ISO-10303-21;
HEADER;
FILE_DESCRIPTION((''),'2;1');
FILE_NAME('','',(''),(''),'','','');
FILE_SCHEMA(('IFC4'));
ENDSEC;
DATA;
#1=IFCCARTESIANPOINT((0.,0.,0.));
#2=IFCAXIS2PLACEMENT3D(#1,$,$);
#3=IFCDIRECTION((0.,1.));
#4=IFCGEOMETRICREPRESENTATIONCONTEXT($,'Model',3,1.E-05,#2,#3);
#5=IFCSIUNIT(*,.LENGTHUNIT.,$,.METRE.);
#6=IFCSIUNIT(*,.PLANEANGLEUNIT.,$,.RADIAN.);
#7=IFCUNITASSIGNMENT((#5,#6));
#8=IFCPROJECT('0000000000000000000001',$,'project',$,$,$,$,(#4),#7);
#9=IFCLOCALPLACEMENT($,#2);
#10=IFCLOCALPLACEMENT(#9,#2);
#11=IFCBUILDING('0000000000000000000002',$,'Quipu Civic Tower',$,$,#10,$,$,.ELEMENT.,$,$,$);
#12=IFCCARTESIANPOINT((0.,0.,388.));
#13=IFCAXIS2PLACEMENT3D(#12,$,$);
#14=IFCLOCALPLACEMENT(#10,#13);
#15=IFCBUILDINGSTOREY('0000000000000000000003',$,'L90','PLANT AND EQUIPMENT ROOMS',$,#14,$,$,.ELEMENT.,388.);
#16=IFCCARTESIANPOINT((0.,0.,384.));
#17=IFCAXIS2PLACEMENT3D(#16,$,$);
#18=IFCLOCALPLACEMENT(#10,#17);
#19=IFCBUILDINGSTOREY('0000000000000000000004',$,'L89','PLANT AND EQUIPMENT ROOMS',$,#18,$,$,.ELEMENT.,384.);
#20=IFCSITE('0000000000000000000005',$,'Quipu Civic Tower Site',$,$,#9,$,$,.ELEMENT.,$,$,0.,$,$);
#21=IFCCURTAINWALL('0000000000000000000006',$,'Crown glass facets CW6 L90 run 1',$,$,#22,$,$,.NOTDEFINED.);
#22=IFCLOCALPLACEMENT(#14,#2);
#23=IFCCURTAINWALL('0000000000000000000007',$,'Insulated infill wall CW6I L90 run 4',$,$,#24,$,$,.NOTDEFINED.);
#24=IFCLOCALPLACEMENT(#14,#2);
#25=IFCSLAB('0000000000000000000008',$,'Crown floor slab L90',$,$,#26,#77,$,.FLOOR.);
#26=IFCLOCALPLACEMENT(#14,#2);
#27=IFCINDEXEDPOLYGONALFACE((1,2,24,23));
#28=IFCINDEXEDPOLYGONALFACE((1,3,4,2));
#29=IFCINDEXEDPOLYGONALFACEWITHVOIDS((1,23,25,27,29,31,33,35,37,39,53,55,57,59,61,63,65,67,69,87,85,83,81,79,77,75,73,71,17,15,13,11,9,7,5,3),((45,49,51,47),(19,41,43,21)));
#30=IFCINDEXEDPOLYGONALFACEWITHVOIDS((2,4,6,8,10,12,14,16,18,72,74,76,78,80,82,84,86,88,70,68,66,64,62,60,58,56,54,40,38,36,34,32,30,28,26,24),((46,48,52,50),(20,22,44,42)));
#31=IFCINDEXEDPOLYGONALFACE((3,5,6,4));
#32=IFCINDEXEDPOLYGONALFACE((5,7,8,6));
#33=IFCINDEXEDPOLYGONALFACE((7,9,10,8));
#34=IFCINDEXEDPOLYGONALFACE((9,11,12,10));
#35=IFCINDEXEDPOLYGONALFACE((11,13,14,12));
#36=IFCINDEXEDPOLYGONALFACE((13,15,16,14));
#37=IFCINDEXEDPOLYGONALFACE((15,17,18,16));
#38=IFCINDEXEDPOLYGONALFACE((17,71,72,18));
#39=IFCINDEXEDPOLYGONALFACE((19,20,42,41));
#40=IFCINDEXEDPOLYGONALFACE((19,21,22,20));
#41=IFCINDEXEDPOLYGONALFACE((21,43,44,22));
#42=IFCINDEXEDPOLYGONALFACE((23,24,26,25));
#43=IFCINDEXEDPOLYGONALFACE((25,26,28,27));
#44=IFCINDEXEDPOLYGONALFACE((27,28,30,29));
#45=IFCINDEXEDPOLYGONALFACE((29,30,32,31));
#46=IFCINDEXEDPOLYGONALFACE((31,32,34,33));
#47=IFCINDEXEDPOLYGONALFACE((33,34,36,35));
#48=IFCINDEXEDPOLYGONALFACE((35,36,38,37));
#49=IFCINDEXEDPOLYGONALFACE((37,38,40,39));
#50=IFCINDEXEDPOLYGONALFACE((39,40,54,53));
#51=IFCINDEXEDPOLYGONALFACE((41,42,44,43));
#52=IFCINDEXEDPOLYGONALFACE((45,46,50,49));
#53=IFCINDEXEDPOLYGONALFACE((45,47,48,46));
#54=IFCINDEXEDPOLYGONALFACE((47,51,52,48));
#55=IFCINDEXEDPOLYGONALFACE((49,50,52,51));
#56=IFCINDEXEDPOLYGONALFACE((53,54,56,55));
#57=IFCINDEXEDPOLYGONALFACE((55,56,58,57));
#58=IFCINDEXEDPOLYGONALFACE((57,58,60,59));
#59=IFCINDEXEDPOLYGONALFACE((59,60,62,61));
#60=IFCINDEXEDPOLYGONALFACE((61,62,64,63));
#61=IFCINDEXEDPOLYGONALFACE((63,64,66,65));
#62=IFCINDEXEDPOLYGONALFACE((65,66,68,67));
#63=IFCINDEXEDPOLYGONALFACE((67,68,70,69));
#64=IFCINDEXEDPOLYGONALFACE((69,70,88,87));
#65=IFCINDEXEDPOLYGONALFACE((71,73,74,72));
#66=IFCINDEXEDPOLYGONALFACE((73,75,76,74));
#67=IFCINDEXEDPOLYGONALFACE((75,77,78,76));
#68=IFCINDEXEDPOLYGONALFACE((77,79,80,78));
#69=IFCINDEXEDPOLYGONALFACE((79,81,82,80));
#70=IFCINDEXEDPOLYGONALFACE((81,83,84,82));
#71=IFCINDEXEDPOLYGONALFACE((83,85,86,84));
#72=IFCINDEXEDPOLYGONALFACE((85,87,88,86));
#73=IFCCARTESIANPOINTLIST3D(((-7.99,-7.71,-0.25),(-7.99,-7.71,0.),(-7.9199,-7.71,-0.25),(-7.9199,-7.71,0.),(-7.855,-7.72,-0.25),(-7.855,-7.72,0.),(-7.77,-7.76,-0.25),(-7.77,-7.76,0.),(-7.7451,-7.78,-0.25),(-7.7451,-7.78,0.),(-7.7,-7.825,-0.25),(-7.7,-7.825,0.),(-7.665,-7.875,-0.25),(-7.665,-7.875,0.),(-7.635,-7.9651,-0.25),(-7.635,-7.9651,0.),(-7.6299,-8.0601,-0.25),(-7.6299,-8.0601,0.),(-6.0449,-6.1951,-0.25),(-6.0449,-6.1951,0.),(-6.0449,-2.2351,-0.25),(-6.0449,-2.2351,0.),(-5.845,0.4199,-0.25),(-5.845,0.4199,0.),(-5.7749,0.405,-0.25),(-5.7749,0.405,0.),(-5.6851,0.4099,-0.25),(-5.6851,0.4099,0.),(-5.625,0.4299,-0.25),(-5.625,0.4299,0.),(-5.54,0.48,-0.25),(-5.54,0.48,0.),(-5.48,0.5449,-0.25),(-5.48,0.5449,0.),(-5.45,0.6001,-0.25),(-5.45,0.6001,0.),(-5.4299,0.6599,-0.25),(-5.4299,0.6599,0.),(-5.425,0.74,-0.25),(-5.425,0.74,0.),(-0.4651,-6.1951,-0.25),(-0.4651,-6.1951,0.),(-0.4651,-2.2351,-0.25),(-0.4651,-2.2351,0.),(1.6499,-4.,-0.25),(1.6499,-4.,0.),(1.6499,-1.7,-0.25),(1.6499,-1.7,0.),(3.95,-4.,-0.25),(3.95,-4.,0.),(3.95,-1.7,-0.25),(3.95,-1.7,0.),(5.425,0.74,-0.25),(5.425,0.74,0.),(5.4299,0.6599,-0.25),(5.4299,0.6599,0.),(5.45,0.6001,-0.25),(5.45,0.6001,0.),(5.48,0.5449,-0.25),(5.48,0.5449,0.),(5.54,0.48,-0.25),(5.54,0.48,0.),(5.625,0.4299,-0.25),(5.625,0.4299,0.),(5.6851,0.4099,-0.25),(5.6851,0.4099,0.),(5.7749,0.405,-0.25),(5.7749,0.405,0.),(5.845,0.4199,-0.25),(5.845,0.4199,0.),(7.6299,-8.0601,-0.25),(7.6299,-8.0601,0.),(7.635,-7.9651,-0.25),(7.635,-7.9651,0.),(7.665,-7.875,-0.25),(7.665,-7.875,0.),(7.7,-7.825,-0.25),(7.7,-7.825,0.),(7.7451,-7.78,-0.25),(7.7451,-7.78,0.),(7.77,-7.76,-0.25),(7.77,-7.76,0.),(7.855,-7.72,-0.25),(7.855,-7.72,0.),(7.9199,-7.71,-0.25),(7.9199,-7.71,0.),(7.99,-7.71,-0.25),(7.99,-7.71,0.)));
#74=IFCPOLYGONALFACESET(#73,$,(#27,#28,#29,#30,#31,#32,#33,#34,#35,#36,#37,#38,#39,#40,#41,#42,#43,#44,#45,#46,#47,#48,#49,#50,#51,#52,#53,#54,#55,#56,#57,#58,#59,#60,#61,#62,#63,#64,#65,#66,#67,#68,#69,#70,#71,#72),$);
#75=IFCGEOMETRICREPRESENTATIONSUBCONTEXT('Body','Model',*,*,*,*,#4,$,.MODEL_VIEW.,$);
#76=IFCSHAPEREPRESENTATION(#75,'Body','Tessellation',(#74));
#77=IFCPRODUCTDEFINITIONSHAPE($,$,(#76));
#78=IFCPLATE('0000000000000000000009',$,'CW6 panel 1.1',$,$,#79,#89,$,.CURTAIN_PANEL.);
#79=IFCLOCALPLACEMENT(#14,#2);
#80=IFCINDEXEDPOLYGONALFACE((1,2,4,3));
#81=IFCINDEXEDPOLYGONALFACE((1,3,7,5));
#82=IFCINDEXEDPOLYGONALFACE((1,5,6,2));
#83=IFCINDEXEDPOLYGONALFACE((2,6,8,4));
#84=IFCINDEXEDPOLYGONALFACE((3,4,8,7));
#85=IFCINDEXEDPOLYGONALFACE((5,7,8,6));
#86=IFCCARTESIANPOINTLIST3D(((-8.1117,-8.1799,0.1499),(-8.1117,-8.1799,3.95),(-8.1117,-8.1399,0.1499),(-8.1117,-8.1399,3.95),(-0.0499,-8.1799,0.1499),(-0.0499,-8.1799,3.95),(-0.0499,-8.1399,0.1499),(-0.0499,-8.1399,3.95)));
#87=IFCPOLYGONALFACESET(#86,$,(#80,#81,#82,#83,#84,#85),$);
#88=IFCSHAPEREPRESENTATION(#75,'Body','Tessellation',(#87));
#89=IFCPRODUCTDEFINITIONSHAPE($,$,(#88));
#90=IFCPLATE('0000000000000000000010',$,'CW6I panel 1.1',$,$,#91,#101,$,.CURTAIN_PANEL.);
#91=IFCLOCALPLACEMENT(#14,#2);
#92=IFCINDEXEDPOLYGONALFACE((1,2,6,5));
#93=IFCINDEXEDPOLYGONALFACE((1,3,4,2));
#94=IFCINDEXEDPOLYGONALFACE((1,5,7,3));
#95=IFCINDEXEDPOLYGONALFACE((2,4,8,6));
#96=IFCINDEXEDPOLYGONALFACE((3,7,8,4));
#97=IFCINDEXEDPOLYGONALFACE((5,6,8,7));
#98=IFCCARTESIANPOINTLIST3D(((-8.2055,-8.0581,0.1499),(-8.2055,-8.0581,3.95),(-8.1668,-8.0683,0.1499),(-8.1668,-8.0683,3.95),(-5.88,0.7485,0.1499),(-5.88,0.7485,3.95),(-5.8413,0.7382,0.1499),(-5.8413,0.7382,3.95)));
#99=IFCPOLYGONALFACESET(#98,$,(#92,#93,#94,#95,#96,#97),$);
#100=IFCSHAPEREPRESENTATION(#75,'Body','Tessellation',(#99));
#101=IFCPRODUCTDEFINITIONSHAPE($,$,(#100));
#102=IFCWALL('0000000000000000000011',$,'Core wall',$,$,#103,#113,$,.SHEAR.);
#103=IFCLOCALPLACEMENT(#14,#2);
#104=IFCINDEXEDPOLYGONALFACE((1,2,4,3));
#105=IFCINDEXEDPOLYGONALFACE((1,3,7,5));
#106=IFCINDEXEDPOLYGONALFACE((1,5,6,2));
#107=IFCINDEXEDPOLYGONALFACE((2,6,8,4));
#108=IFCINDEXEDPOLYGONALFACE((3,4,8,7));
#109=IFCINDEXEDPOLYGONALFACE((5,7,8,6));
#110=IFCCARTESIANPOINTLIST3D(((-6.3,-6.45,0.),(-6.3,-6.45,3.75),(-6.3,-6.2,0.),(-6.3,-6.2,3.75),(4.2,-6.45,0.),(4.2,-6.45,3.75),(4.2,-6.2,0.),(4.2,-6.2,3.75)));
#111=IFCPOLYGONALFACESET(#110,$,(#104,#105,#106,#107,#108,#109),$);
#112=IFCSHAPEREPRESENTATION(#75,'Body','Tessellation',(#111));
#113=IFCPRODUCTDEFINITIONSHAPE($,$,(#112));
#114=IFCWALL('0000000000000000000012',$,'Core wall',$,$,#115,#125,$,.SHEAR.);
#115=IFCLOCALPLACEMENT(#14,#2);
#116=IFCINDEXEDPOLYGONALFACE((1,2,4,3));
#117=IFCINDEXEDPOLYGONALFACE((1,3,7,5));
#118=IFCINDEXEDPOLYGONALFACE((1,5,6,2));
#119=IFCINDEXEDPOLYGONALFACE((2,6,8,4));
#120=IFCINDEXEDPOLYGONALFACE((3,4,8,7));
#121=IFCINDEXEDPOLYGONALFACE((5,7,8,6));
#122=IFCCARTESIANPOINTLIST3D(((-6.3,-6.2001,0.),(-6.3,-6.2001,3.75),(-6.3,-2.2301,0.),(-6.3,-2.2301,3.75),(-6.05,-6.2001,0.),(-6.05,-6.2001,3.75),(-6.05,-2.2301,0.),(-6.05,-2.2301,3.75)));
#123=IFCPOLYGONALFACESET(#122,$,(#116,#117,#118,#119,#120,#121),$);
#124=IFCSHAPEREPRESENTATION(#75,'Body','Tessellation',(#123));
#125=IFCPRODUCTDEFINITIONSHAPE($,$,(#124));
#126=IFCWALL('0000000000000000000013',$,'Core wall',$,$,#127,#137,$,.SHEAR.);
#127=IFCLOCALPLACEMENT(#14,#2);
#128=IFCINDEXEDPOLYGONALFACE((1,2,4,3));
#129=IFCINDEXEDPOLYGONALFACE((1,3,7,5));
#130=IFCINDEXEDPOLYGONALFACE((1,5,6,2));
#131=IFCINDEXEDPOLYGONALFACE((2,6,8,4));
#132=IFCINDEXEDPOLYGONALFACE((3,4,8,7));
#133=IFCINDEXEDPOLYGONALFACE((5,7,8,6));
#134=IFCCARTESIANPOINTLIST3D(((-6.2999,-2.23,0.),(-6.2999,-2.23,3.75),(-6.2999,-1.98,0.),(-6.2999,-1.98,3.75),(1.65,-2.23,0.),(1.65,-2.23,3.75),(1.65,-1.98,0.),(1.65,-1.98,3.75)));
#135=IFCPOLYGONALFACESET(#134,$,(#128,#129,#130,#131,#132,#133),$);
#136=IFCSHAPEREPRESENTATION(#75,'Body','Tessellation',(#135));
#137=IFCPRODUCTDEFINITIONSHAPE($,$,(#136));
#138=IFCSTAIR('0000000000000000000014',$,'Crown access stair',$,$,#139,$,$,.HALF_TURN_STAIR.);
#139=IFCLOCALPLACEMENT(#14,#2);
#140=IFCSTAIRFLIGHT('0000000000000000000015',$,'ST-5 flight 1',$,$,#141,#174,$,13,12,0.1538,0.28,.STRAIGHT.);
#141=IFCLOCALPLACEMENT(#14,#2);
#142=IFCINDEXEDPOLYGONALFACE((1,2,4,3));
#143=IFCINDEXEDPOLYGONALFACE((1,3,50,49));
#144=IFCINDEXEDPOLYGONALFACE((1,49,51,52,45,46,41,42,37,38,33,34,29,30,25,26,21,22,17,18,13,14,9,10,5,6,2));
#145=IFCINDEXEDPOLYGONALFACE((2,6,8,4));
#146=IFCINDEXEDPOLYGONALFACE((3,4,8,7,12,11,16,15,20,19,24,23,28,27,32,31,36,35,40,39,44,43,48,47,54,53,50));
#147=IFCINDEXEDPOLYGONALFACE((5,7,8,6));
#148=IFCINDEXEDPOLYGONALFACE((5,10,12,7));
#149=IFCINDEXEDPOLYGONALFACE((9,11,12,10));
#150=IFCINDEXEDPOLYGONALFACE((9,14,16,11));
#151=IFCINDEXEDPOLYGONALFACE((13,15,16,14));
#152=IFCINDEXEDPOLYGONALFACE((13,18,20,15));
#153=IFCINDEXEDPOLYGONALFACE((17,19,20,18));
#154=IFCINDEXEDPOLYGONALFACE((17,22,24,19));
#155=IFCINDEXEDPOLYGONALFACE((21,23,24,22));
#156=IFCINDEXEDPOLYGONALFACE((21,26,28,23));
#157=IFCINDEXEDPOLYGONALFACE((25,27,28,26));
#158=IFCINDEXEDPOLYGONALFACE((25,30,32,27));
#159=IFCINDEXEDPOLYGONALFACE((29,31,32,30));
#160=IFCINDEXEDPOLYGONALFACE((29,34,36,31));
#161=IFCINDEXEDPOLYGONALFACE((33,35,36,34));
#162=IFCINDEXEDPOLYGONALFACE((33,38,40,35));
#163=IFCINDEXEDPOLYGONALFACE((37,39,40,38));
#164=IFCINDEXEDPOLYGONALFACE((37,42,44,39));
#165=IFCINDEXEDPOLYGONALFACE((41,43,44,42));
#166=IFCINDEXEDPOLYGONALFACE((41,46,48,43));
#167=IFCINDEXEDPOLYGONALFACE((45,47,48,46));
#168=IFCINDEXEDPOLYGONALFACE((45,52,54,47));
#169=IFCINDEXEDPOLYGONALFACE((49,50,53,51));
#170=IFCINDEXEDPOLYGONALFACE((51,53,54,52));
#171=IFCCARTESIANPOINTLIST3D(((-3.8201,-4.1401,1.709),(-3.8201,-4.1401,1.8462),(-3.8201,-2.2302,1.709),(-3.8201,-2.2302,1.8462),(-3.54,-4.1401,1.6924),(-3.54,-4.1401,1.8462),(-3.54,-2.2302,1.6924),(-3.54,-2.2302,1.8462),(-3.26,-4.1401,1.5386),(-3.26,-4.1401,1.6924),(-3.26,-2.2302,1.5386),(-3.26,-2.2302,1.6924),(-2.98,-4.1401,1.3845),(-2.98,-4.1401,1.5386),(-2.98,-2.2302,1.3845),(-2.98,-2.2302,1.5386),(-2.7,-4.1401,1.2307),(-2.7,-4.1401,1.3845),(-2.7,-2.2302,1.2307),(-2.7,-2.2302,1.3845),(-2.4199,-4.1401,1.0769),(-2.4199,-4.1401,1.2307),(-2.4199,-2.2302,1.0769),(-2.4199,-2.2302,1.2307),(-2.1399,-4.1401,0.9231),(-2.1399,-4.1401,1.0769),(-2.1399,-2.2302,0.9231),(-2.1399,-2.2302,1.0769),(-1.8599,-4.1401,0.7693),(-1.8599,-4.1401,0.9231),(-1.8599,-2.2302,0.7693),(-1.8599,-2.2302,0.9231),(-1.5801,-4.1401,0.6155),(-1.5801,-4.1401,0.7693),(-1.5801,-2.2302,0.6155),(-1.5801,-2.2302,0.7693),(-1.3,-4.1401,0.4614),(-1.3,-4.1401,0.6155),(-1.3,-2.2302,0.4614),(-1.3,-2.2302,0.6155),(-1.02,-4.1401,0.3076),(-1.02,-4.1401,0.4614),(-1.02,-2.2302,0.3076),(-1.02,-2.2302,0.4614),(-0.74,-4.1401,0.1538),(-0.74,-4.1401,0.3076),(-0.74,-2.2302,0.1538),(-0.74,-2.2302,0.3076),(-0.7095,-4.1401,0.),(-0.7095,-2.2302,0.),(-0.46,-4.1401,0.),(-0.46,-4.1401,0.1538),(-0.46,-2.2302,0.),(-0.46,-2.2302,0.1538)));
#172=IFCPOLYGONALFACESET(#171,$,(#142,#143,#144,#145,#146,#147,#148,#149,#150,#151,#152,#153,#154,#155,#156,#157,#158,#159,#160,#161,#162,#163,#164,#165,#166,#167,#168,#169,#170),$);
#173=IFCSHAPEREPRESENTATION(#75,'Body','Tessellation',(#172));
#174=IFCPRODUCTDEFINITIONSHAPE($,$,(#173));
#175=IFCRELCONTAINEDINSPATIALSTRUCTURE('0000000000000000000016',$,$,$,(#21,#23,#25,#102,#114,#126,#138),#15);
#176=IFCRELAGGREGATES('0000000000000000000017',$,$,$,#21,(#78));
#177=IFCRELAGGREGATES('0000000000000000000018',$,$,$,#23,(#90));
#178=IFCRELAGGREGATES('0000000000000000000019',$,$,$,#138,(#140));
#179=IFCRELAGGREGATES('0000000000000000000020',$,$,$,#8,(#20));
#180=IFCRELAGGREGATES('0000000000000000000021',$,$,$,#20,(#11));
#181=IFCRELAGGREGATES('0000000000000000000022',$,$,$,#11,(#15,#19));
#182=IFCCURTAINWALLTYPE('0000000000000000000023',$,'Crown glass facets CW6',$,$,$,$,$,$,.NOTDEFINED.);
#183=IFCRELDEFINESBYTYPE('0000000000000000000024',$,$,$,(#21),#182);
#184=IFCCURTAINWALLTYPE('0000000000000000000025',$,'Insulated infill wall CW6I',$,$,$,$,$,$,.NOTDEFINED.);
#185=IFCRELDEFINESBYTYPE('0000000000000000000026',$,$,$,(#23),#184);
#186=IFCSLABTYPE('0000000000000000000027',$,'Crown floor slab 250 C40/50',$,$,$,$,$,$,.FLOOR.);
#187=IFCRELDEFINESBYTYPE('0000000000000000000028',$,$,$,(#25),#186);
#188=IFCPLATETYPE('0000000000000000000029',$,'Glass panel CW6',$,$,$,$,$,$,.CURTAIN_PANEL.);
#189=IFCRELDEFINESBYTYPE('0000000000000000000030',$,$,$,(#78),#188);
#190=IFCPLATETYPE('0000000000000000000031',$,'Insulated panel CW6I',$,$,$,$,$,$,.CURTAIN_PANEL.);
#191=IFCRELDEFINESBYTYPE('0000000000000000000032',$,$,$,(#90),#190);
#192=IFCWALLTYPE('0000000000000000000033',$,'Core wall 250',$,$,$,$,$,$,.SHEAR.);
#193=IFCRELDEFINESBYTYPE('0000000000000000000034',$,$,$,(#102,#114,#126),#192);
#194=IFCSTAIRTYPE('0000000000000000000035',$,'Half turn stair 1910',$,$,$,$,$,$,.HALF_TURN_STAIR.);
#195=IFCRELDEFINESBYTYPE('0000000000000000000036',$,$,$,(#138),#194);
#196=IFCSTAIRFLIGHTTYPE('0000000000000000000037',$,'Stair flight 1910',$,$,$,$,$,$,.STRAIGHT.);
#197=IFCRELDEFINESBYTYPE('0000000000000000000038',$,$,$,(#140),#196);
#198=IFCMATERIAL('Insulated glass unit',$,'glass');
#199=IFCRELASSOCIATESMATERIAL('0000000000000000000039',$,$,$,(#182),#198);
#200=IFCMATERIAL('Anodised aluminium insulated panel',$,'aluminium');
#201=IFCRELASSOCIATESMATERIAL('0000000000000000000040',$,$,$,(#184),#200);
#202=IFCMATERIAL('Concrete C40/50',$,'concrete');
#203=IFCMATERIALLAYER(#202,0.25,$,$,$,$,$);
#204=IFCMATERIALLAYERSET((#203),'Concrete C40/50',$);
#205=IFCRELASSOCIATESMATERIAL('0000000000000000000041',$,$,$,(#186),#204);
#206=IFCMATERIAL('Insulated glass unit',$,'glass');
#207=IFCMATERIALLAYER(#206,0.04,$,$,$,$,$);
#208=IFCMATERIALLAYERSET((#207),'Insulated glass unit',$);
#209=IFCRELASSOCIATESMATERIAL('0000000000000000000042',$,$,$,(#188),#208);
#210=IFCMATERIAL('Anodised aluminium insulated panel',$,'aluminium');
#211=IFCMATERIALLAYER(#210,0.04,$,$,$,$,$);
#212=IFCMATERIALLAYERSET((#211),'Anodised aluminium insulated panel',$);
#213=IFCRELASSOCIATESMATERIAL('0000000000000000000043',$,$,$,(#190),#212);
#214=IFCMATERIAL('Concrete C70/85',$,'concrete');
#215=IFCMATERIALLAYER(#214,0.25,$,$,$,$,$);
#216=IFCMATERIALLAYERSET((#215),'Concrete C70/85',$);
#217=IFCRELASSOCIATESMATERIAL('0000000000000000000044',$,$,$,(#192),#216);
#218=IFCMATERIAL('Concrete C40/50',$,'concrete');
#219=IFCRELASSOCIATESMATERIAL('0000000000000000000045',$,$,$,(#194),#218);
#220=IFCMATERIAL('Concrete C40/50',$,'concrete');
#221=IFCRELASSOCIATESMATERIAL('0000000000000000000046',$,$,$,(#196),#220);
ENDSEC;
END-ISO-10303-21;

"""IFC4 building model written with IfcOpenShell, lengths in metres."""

from ifc_helpers import new_model, si_unit, direction, frame, frame_2d, origin, origin_2d, place, context, subcontext, project, spatial, polyline, rectangle, outline, extrude, material, layer, layer_set, type_object, element, aggregate, save


model = new_model("IFC4")

# Units and contexts
model_context = context("Model", 3, precision=1e-05, world=origin(), true_north=direction((0.0, 1.0)))
body_context = subcontext(model_context, "Body", "Model", "MODEL_VIEW")
ifc_project = project(units=[si_unit("LENGTHUNIT", "METRE"), si_unit("PLANEANGLEUNIT", "RADIAN")], contexts=[model_context])

# Site, building, storey
site_placement = place(None, origin())
site = spatial("IfcSite", under=ifc_project, at=site_placement, Name="Quipu Civic Tower Site", CompositionType="ELEMENT", RefElevation=0.0)
building_placement = place(site_placement, origin())
building = spatial("IfcBuilding", under=site, at=building_placement, Name="Quipu Civic Tower", CompositionType="ELEMENT")
storey_1_placement = place(building_placement, frame((0.0, 0.0, 388.0)))
storey_1 = spatial("IfcBuildingStorey", under=building, at=storey_1_placement, Name="L90", Description="PLANT AND EQUIPMENT ROOMS", CompositionType="ELEMENT", Elevation=388.0)

# Curtain wall
ifc_material_1 = material(Name="Insulated glass unit", Category="glass")
curtain_wall_type_1 = type_object("IfcCurtainWallType", Name="Crown glass facets CW6", PredefinedType="NOTDEFINED", material=ifc_material_1)
curtain_wall_1_placement = place(storey_1_placement, origin())
curtain_wall_1 = element("IfcCurtainWall", 1, at=curtain_wall_1_placement, inside=storey_1, type_object=curtain_wall_type_1, Name="Crown glass facets CW6 L90 run 1", PredefinedType="NOTDEFINED")

# Curtain wall
ifc_material_2 = material(Name="Anodised aluminium insulated panel", Category="aluminium")
curtain_wall_type_2 = type_object("IfcCurtainWallType", Name="Insulated infill wall CW6I", PredefinedType="NOTDEFINED", material=ifc_material_2)
curtain_wall_2_placement = place(storey_1_placement, origin())
curtain_wall_2 = element("IfcCurtainWall", 2, at=curtain_wall_2_placement, inside=storey_1, type_object=curtain_wall_type_2, Name="Insulated infill wall CW6I L90 run 4", PredefinedType="NOTDEFINED")

# Shared definitions
storey_2_placement = place(building_placement, frame((0.0, 0.0, 384.0)))
storey_2 = spatial("IfcBuildingStorey", under=building, at=storey_2_placement, Name="L89", Description="PLANT AND EQUIPMENT ROOMS", CompositionType="ELEMENT", Elevation=384.0)

# Slab
ifc_material_3 = material(Name="Concrete C40/50", Category="concrete")
ifc_layer_1 = layer(ifc_material_3, 0.25)
ifc_layer_set_1 = layer_set([ifc_layer_1], Name="Concrete C40/50")
slab_type = type_object("IfcSlabType", Name="Crown floor slab 250 C40/50", PredefinedType="FLOOR", material=ifc_layer_set_1)
slab_placement = place(storey_1_placement, frame((0.0, 0.0, -0.25)))
element("IfcSlab", 3, at=slab_placement, inside=storey_1, type_object=slab_type, Name="Crown floor slab L90", PredefinedType="FLOOR", context=body_context, shape_type="SweptSolid", body=[
    extrude(outline(polyline([(-7.6299, -8.0601), (-7.635, -7.9651), (-7.665, -7.875), (-7.7, -7.825), (-7.7451, -7.78), (-7.77, -7.76), (-7.855, -7.72), (-7.9199, -7.71), (-7.99, -7.71), (-5.845, 0.4199), (-5.7749, 0.405), (-5.6851, 0.4099), (-5.625, 0.4299), (-5.54, 0.48), (-5.48, 0.5449), (-5.45, 0.6001), (-5.4299, 0.6599), (-5.425, 0.74), (5.425, 0.74), (5.4299, 0.6599), (5.45, 0.6001), (5.48, 0.5449), (5.54, 0.48), (5.625, 0.4299), (5.6851, 0.4099), (5.7749, 0.405), (5.845, 0.4199), (7.99, -7.71), (7.9199, -7.71), (7.855, -7.72), (7.77, -7.76), (7.7451, -7.78), (7.7, -7.825), (7.665, -7.875), (7.635, -7.9651), (7.6299, -8.0601), (-7.6299, -8.0601)]), holes=[polyline([(-6.0449, -2.2351), (-6.0449, -6.1951), (-0.4651, -6.1951), (-0.4651, -2.2351), (-6.0449, -2.2351)]), polyline([(3.95, -1.7), (1.6499, -1.7), (1.6499, -4.0), (3.95, -4.0), (3.95, -1.7)])]), origin(), (0.0, 0.0, 1.0), 0.25),
])

# Plates
ifc_material_4 = material(Name="Insulated glass unit", Category="glass")
ifc_layer_2 = layer(ifc_material_4, 0.04)
ifc_layer_set_2 = layer_set([ifc_layer_2], Name="Insulated glass unit")
plate_type_1 = type_object("IfcPlateType", Name="Glass panel CW6", PredefinedType="CURTAIN_PANEL", material=ifc_layer_set_2)
plate_1_placement = place(storey_1_placement, frame((-4.0808, -8.1599, 0.1499), z_axis=(0.0, 0.0, 1.0), x_axis=(1.0, 0.0, 0.0)))
plate_1 = element("IfcPlate", 4, at=plate_1_placement, type_object=plate_type_1, Name="CW6 panel 1.1", PredefinedType="CURTAIN_PANEL", context=body_context, shape_type="SweptSolid", body=[
    extrude(rectangle(XDim=8.0618, YDim=0.04, at=origin_2d()), origin(), (0.0, 0.0, 1.0), 3.8),
])
aggregate(curtain_wall_1, [plate_1])
ifc_material_5 = material(Name="Anodised aluminium insulated panel", Category="aluminium")
ifc_layer_3 = layer(ifc_material_5, 0.04)
ifc_layer_set_3 = layer_set([ifc_layer_3], Name="Anodised aluminium insulated panel")
plate_type_2 = type_object("IfcPlateType", Name="Insulated panel CW6I", PredefinedType="CURTAIN_PANEL", material=ifc_layer_set_3)
plate_2_placement = place(storey_1_placement, frame((-7.0234, -3.6599, 0.1499), z_axis=(0.0, 0.0, 1.0), x_axis=(-0.255315, -0.966858, 0.0)))
plate_2 = element("IfcPlate", 5, at=plate_2_placement, type_object=plate_type_2, Name="CW6I panel 1.1", PredefinedType="CURTAIN_PANEL", context=body_context, shape_type="SweptSolid", body=[
    extrude(rectangle(XDim=9.1084, YDim=0.04, at=origin_2d()), origin(), (0.0, 0.0, 1.0), 3.8),
])
aggregate(curtain_wall_2, [plate_2])

# Walls
ifc_material_6 = material(Name="Concrete C70/85", Category="concrete")
ifc_layer_4 = layer(ifc_material_6, 0.25)
ifc_layer_set_4 = layer_set([ifc_layer_4], Name="Concrete C70/85")
wall_type = type_object("IfcWallType", Name="Core wall 250", PredefinedType="SHEAR", material=ifc_layer_set_4)
wall_1_placement = place(storey_1_placement, frame((-6.3, -6.325, 0.0), z_axis=(0.0, 0.0, 1.0), x_axis=(1.0, 0.0, 0.0)))
element("IfcWall", 6, at=wall_1_placement, inside=storey_1, type_object=wall_type, Name="Core wall", PredefinedType="SHEAR", context=body_context, shape_type="SweptSolid", body=[
    extrude(rectangle(XDim=10.5, YDim=0.25, at=frame_2d((5.25, 0.0))), origin(), (0.0, 0.0, 1.0), 3.75),
])
wall_2_placement = place(storey_1_placement, frame((-6.175, -6.2, 0.0), z_axis=(0.0, 0.0, 1.0), x_axis=(0.0, 1.0, 0.0)))
element("IfcWall", 7, at=wall_2_placement, inside=storey_1, type_object=wall_type, Name="Core wall", PredefinedType="SHEAR", context=body_context, shape_type="SweptSolid", body=[
    extrude(rectangle(XDim=3.97, YDim=0.25, at=frame_2d((1.9849, 0.0))), origin(), (0.0, 0.0, 1.0), 3.75),
])
wall_3_placement = place(storey_1_placement, frame((-6.3, -2.105, 0.0), z_axis=(0.0, 0.0, 1.0), x_axis=(1.0, 0.0, 0.0)))
element("IfcWall", 8, at=wall_3_placement, inside=storey_1, type_object=wall_type, Name="Core wall", PredefinedType="SHEAR", context=body_context, shape_type="SweptSolid", body=[
    extrude(rectangle(XDim=7.95, YDim=0.25, at=frame_2d((3.9751, 0.0))), origin(), (0.0, 0.0, 1.0), 3.75),
])

# Stair, stair flight
ifc_material_7 = material(Name="Concrete C40/50", Category="concrete")
stair_type = type_object("IfcStairType", Name="Half turn stair 1910", PredefinedType="HALF_TURN_STAIR", material=ifc_material_7)
stair_placement = place(storey_1_placement, origin())
stair = element("IfcStair", 9, at=stair_placement, inside=storey_1, type_object=stair_type, Name="Crown access stair", PredefinedType="HALF_TURN_STAIR")
ifc_material_8 = material(Name="Concrete C40/50", Category="concrete")
stair_flight_type = type_object("IfcStairFlightType", Name="Stair flight 1910", PredefinedType="STRAIGHT", material=ifc_material_8)
stair_flight_1_placement = place(storey_1_placement, frame((-0.46, -3.1851, 0.0), z_axis=(0.0, 0.0, 1.0), x_axis=(-1.0, 0.0, 0.0)))
stair_flight_1 = element("IfcStairFlight", 10, at=stair_flight_1_placement, type_object=stair_flight_type, Name="ST-5 flight 1", NumberOfRisers=13, NumberOfTreads=12, PredefinedType="STRAIGHT", RiserHeight=0.1538, TreadLength=0.28, context=body_context, shape_type="SweptSolid", body=[
    extrude(outline(polyline([(0.0, 0.0), (0.0, 0.1538), (0.28, 0.1538), (0.28, 0.3076), (0.5601, 0.3076), (0.5601, 0.4614), (0.8401, 0.4614), (0.8401, 0.6155), (1.1201, 0.6155), (1.1201, 0.7693), (1.3999, 0.7693), (1.3999, 0.9231), (1.6799, 0.9231), (1.6799, 1.0769), (1.96, 1.0769), (1.96, 1.2307), (2.24, 1.2307), (2.24, 1.3845), (2.52, 1.3845), (2.52, 1.5386), (2.8, 1.5386), (2.8, 1.6924), (3.0801, 1.6924), (3.0801, 1.8462), (3.3601, 1.8462), (3.3601, 2.0), (3.3601, 1.709), (0.2495, 0.0), (0.0, 0.0)])), frame((0.0, 0.9551, 0.0), z_axis=(0.0, -1.0, 0.0), x_axis=(1.0, 0.0, 0.0)), (0.0, 0.0, 1.0), 1.9099),
])
aggregate(stair, [stair_flight_1])

save(model, "model.ifc")
